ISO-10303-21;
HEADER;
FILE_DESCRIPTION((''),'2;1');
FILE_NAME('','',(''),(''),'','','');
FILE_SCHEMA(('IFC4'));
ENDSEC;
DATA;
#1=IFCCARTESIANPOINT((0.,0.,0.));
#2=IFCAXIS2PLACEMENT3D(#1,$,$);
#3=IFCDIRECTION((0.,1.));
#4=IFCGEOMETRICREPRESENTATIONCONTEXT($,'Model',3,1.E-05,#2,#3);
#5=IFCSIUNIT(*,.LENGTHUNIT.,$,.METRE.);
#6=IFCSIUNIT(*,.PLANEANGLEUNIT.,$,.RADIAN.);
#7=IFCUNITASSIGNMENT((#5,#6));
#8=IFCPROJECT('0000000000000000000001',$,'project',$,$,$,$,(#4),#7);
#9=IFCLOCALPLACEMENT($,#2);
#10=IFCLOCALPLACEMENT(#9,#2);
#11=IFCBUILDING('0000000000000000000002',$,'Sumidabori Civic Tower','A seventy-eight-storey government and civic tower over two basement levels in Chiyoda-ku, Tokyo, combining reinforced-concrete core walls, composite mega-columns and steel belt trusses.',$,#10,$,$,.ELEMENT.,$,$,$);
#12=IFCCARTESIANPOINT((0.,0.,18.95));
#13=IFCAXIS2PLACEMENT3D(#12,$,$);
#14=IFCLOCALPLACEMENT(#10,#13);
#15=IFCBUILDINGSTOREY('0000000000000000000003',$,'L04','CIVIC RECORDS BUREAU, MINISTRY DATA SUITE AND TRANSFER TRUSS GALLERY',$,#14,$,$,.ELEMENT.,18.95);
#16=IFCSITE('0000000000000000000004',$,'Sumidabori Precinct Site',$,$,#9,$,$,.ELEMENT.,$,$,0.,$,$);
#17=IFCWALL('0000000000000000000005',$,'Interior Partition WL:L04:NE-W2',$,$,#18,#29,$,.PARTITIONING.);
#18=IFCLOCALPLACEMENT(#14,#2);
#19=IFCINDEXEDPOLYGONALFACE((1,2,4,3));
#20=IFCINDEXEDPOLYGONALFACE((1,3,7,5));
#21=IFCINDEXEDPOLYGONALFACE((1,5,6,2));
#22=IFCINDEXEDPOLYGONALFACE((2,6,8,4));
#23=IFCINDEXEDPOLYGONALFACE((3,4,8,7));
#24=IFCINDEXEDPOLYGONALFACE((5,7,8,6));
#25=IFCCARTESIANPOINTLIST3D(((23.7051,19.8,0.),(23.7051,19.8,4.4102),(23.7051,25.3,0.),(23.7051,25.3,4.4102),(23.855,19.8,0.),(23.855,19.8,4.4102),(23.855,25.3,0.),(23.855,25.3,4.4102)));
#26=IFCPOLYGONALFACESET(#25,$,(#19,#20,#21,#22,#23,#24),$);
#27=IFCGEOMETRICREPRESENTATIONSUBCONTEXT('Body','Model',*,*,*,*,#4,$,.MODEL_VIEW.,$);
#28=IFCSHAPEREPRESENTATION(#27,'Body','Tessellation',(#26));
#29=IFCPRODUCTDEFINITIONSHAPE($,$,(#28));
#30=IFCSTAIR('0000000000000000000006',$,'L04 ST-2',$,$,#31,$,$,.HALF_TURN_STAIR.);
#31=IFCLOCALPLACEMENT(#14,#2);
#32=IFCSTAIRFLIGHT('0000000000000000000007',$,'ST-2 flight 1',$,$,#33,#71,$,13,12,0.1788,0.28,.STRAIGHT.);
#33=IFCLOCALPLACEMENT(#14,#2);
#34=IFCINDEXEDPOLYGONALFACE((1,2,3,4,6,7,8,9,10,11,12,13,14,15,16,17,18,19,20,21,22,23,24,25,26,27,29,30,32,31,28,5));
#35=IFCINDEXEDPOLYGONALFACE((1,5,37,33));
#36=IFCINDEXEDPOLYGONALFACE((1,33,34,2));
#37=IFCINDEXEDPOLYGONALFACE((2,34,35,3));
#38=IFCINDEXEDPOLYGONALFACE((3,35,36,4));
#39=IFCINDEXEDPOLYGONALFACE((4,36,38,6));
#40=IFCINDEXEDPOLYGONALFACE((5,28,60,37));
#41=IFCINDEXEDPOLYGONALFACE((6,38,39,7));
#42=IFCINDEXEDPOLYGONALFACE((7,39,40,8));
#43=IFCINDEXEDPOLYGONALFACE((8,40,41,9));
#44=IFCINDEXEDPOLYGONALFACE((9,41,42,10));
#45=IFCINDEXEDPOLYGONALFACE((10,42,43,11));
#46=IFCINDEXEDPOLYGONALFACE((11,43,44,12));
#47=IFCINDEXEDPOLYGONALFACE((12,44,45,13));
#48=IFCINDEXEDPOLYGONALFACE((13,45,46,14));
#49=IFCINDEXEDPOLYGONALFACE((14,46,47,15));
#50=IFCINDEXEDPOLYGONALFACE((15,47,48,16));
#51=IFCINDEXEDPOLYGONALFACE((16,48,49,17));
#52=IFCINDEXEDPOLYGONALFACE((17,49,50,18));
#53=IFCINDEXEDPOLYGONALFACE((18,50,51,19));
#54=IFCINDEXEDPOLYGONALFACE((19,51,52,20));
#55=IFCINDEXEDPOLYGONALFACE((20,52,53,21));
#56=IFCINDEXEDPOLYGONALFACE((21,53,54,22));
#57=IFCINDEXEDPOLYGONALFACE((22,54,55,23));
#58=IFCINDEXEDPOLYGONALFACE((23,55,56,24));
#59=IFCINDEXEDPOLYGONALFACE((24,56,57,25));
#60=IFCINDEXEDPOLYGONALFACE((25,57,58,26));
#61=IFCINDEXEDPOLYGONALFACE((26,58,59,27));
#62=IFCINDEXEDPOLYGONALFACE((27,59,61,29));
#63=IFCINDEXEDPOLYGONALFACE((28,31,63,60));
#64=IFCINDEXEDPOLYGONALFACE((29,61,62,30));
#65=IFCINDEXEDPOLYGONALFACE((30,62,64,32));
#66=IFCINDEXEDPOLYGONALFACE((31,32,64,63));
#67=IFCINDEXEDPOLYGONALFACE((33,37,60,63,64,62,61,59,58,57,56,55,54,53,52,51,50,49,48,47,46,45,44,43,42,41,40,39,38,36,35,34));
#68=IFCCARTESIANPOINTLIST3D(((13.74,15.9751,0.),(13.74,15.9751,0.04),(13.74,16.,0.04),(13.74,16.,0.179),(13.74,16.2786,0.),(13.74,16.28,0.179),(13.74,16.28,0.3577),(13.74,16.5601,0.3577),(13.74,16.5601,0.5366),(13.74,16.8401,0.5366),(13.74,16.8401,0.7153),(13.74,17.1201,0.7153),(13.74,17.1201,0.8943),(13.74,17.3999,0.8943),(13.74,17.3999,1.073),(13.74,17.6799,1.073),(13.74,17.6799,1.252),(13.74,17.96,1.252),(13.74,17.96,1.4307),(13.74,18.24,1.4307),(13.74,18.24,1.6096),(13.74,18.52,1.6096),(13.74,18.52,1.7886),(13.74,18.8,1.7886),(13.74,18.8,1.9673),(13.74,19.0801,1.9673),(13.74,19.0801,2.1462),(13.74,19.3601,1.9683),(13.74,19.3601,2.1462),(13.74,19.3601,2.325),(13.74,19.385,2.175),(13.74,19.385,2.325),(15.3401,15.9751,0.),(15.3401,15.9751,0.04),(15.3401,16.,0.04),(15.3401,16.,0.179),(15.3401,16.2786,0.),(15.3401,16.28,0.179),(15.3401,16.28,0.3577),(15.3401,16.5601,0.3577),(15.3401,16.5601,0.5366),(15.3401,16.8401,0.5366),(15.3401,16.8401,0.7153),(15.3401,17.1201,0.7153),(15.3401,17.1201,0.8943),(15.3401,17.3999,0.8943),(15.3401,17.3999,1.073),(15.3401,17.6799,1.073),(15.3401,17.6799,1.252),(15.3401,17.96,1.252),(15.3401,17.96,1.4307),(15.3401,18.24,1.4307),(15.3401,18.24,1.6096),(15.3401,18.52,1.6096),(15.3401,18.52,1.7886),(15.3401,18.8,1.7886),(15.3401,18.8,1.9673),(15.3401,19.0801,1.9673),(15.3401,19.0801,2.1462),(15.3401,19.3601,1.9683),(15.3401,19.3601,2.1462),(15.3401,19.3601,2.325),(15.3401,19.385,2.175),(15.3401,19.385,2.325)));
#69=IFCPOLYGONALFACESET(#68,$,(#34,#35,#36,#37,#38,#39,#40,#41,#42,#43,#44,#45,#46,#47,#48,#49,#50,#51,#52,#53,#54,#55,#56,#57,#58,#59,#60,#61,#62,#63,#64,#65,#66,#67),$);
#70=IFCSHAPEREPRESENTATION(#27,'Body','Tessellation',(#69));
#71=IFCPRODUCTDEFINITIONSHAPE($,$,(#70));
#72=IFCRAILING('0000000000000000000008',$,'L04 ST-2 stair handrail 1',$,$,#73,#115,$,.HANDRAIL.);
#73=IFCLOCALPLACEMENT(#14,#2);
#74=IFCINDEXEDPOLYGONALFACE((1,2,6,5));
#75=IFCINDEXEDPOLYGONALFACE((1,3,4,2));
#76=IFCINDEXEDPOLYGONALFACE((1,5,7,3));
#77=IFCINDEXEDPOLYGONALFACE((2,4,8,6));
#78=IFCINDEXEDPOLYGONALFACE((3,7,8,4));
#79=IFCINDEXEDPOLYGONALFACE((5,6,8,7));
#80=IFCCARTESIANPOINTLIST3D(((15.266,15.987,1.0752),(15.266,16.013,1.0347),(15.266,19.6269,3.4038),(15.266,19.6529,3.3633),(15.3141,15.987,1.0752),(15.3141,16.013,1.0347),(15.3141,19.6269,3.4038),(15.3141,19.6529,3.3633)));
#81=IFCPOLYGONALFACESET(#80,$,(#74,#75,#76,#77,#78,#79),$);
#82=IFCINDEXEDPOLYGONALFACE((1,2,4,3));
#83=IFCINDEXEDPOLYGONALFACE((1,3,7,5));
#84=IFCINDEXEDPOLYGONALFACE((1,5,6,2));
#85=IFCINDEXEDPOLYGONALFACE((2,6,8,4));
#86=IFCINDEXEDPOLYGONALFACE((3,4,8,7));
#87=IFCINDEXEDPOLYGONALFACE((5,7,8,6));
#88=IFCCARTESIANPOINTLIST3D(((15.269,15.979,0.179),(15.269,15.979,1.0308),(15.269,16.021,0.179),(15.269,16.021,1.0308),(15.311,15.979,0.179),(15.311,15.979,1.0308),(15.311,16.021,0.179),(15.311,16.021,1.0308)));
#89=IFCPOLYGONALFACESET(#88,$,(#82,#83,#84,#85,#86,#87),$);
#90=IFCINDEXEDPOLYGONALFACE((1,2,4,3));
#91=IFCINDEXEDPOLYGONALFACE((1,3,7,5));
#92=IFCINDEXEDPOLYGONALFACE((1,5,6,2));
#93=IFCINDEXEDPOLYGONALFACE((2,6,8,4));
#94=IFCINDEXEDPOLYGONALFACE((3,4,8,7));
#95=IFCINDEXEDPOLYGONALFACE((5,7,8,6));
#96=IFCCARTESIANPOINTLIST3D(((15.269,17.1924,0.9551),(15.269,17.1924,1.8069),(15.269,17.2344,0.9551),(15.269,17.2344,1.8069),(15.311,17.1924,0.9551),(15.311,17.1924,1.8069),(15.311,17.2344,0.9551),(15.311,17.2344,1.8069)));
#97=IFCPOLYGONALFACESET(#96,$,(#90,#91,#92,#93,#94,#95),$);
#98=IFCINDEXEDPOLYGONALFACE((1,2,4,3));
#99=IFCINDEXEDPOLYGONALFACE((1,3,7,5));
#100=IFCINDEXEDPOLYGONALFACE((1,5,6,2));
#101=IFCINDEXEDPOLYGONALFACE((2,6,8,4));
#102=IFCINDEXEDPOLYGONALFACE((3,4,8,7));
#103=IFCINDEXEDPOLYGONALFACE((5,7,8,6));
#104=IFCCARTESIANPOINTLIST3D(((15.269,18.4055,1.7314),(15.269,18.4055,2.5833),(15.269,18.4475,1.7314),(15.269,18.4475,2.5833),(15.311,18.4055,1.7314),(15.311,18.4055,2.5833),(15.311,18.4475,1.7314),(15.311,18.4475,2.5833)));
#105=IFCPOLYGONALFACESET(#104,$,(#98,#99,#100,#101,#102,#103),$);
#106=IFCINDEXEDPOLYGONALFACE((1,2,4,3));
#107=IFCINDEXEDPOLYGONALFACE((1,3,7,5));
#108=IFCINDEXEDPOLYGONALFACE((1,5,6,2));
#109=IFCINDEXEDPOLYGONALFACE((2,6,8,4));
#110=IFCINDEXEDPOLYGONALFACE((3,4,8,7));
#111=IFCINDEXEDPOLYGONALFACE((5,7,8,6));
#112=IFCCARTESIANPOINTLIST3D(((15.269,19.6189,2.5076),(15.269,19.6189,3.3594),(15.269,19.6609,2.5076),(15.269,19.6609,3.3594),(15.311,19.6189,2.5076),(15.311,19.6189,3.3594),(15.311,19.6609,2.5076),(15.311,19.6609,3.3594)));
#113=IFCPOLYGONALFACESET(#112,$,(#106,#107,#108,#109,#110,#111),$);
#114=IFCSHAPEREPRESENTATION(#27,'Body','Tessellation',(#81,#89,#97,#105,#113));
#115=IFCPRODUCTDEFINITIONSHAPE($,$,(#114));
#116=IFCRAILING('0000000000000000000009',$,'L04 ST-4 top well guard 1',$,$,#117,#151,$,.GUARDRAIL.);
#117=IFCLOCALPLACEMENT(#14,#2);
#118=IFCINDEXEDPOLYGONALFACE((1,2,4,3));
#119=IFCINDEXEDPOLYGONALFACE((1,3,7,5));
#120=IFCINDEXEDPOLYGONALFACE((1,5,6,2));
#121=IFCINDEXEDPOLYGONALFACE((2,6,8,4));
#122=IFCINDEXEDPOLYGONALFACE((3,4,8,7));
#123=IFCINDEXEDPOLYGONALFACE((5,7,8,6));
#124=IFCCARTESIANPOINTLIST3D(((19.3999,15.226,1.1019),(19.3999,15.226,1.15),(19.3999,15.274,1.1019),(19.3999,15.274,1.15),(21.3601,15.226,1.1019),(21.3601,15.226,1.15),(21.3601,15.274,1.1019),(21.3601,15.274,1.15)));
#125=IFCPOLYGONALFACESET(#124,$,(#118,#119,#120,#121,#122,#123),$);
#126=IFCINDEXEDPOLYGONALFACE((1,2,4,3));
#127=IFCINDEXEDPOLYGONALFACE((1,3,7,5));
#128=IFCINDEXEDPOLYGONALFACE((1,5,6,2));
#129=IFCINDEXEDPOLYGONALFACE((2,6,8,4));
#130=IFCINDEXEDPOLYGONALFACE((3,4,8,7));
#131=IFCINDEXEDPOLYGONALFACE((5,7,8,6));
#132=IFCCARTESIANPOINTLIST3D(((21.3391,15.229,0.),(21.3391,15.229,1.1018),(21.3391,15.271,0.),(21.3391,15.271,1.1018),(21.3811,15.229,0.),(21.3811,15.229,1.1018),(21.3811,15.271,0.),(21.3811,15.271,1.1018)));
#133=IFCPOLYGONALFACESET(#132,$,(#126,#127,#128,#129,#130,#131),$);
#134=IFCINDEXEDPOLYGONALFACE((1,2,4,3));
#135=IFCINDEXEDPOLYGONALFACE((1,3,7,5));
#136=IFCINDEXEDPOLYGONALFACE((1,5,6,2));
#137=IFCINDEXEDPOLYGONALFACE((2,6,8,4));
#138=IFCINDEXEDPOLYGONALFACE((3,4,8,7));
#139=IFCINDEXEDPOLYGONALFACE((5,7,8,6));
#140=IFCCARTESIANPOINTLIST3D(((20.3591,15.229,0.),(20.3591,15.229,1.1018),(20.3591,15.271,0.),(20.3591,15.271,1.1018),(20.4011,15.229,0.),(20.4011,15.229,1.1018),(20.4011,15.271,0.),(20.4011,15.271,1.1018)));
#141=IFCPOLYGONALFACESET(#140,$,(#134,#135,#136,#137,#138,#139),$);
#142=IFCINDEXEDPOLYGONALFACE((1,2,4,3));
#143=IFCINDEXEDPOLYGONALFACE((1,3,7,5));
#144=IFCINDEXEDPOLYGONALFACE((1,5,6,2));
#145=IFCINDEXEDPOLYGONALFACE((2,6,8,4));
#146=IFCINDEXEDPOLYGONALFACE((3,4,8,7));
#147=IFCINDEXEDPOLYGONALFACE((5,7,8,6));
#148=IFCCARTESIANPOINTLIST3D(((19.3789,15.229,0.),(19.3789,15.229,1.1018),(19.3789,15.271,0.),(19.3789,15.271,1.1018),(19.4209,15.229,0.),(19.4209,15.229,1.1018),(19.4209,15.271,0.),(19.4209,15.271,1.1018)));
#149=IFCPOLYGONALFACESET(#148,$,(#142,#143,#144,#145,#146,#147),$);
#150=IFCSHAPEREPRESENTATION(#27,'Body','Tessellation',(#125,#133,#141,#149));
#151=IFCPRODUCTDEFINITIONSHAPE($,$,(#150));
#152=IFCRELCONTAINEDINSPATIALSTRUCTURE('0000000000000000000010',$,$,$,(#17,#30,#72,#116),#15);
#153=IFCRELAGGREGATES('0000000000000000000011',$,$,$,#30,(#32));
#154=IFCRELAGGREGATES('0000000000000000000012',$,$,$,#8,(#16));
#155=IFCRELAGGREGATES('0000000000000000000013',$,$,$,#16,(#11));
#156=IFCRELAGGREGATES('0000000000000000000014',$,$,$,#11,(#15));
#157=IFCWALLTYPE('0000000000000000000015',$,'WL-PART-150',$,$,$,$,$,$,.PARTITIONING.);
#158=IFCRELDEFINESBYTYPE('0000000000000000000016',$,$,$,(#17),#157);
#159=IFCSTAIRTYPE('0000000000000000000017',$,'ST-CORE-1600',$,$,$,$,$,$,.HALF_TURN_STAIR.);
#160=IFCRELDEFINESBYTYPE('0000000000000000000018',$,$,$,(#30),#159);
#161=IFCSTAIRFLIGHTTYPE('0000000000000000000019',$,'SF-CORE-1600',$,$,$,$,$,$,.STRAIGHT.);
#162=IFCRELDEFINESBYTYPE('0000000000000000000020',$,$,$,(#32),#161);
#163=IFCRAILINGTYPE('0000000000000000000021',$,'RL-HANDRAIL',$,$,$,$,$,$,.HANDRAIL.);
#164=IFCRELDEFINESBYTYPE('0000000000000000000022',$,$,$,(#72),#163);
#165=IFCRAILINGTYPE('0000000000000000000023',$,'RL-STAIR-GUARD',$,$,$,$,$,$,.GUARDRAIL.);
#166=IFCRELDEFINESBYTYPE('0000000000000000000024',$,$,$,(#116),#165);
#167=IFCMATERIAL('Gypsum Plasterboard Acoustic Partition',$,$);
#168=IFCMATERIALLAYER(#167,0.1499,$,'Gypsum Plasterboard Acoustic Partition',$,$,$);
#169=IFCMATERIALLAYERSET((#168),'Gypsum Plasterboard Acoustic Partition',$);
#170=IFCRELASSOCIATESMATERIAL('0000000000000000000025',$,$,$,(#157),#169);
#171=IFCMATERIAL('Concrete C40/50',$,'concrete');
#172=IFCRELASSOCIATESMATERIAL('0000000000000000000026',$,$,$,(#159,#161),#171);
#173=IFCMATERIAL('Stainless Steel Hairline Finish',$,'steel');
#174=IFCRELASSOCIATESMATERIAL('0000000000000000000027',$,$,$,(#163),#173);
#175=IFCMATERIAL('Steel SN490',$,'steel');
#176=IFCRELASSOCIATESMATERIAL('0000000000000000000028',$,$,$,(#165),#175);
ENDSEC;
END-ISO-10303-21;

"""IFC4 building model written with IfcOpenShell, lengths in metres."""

from ifc_helpers import new_model, si_unit, direction, frame, frame_2d, origin, origin_2d, place, context, subcontext, project, spatial, polyline, rectangle, outline, extrude, source, transform, mapped, material, layer, layer_set, type_object, element, aggregate, save


model = new_model("IFC4")

# Units and contexts
model_context = context("Model", 3, precision=1e-05, world=origin(), true_north=direction((0.0, 1.0)))
body_context = subcontext(model_context, "Body", "Model", "MODEL_VIEW")
ifc_project = project(units=[si_unit("LENGTHUNIT", "METRE"), si_unit("PLANEANGLEUNIT", "RADIAN")], contexts=[model_context])

# Site, building, storey
site_placement = place(None, origin())
site = spatial("IfcSite", under=ifc_project, at=site_placement, Name="Sumidabori Precinct Site", CompositionType="ELEMENT", RefElevation=0.0)
building_placement = place(site_placement, origin())
building = spatial("IfcBuilding", under=site, at=building_placement, Name="Sumidabori Civic Tower", Description="A seventy-eight-storey government and civic tower over two basement levels in Chiyoda-ku, Tokyo, combining reinforced-concrete core walls, composite mega-columns and steel belt trusses.", CompositionType="ELEMENT")
storey_placement = place(building_placement, frame((0.0, 0.0, 18.95)))
storey = spatial("IfcBuildingStorey", under=building, at=storey_placement, Name="L04", Description="CIVIC RECORDS BUREAU, MINISTRY DATA SUITE AND TRANSFER TRUSS GALLERY", CompositionType="ELEMENT", Elevation=18.95)

# Shared definitions
ifc_material_1 = material(Name="Steel SN490", Category="steel")

# Shared definitions
ifc_material_2 = material(Name="Gypsum Plasterboard Acoustic Partition")
ifc_layer_1 = layer(ifc_material_2, 0.1499, Name="Gypsum Plasterboard Acoustic Partition")
ifc_layer_set_1 = layer_set([ifc_layer_1], Name="Gypsum Plasterboard Acoustic Partition")
wall_type_1 = type_object("IfcWallType", Name="WL-PART-150", PredefinedType="PARTITIONING", material=ifc_layer_set_1)

# Wall
shared_shape_1 = source(origin(), body_context, "Body", "SweptSolid", [
    extrude(rectangle(XDim=5.5, YDim=0.1499, at=frame_2d((2.75, 0.0))), origin(), (0.0, 0.0, 1.0), 4.4102),
])
wall_1_placement = place(storey_placement, frame((23.78, 19.8, 0.0), z_axis=(0.0, 0.0, 1.0), x_axis=(0.0, 1.0, 0.0)))
element("IfcWall", 1, at=wall_1_placement, inside=storey, type_object=wall_type_1, Name="Interior Partition WL:L04:NE-W2", PredefinedType="PARTITIONING", context=body_context, shape_type="MappedRepresentation", body=[
    mapped(shared_shape_1, transform((0.0, 0.0, 0.0), x_axis=(1.0, 0.0, 0.0), y_axis=(0.0, 1.0, 0.0), z_axis=(0.0, 0.0, 1.0), scale=1.0)),
])

# Stair, stair flight
ifc_material_3 = material(Name="Concrete C40/50", Category="concrete")
stair_type = type_object("IfcStairType", Name="ST-CORE-1600", PredefinedType="HALF_TURN_STAIR", material=ifc_material_3)
stair_placement = place(storey_placement, origin())
stair = element("IfcStair", 2, at=stair_placement, inside=storey, type_object=stair_type, Name="L04 ST-2", PredefinedType="HALF_TURN_STAIR")
stair_flight_type = type_object("IfcStairFlightType", Name="SF-CORE-1600", PredefinedType="STRAIGHT", material=ifc_material_3)
shared_shape_2 = source(origin(), body_context, "Body", "SweptSolid", [
    extrude(outline(polyline([(-0.0249, 0.0), (-0.0249, 0.04), (0.0, 0.04), (0.0, 0.179), (0.28, 0.179), (0.28, 0.3577), (0.5601, 0.3577), (0.5601, 0.5366), (0.8401, 0.5366), (0.8401, 0.7153), (1.1201, 0.7153), (1.1201, 0.8943), (1.3999, 0.8943), (1.3999, 1.073), (1.6799, 1.073), (1.6799, 1.252), (1.96, 1.252), (1.96, 1.4307), (2.24, 1.4307), (2.24, 1.6096), (2.52, 1.6096), (2.52, 1.7886), (2.8, 1.7886), (2.8, 1.9673), (3.0801, 1.9673), (3.0801, 2.1462), (3.3601, 2.1462), (3.3601, 2.325), (3.385, 2.325), (3.385, 2.175), (3.3601, 1.9683), (0.2786, 0.0), (-0.0249, 0.0)])), frame((0.0, 0.8, 0.0), z_axis=(0.0, -1.0, 0.0), x_axis=(1.0, 0.0, 0.0)), (0.0, 0.0, 1.0), 1.6001),
])
stair_flight_placement = place(storey_placement, frame((14.54, 16.0, 0.0), z_axis=(0.0, 0.0, 1.0), x_axis=(0.0, 1.0, 0.0)))
stair_flight = element("IfcStairFlight", 3, at=stair_flight_placement, type_object=stair_flight_type, Name="ST-2 flight 1", NumberOfRisers=13, NumberOfTreads=12, PredefinedType="STRAIGHT", RiserHeight=0.1788, TreadLength=0.28, context=body_context, shape_type="MappedRepresentation", body=[
    mapped(shared_shape_2, transform((0.0, 0.0, 0.0), x_axis=(1.0, 0.0, 0.0), y_axis=(0.0, 1.0, 0.0), z_axis=(0.0, 0.0, 1.0), scale=1.0)),
])
aggregate(stair, [stair_flight])

# Railings
ifc_material_4 = material(Name="Stainless Steel Hairline Finish", Category="steel")
railing_type_1 = type_object("IfcRailingType", Name="RL-HANDRAIL", PredefinedType="HANDRAIL", material=ifc_material_4)
railing_1_placement = place(storey_placement, frame((15.29, 16.0, 0.179)))
element("IfcRailing", 4, at=railing_1_placement, inside=storey, type_object=railing_type_1, Name="L04 ST-2 stair handrail 1", PredefinedType="HANDRAIL", context=body_context, shape_type="SweptSolid", body=[
    extrude(rectangle(XDim=0.0481, YDim=0.0481, at=origin_2d()), frame((0.0, 0.0, 0.876), z_axis=(0.0, 0.842368, 0.538903), x_axis=(-1.0, 0.0, 0.0)), (0.0, 0.0, 1.0), 4.321),
    extrude(rectangle(XDim=0.042, YDim=0.042, at=origin_2d()), origin(), (0.0, 0.0, 1.0), 0.8518),
    extrude(rectangle(XDim=0.042, YDim=0.042, at=origin_2d()), frame((0.0, 1.2134, 0.7761)), (0.0, 0.0, 1.0), 0.8518),
    extrude(rectangle(XDim=0.042, YDim=0.042, at=origin_2d()), frame((0.0, 2.4265, 1.5525)), (0.0, 0.0, 1.0), 0.8518),
    extrude(rectangle(XDim=0.042, YDim=0.042, at=origin_2d()), frame((0.0, 3.6399, 2.3286)), (0.0, 0.0, 1.0), 0.8518),
])
railing_type_2 = type_object("IfcRailingType", Name="RL-STAIR-GUARD", PredefinedType="GUARDRAIL", material=ifc_material_1)
railing_2_placement = place(storey_placement, frame((21.3601, 15.25, 0.0)))
element("IfcRailing", 5, at=railing_2_placement, inside=storey, type_object=railing_type_2, Name="L04 ST-4 top well guard 1", PredefinedType="GUARDRAIL", context=body_context, shape_type="SweptSolid", body=[
    extrude(rectangle(XDim=0.0481, YDim=0.0481, at=origin_2d()), frame((0.0, 0.0, 1.126), z_axis=(-1.0, 0.0, 0.0), x_axis=(0.0, -1.0, 0.0)), (0.0, 0.0, 1.0), 1.9602),
    extrude(rectangle(XDim=0.042, YDim=0.042, at=origin_2d()), origin(), (0.0, 0.0, 1.0), 1.1018),
    extrude(rectangle(XDim=0.042, YDim=0.042, at=origin_2d()), frame((-0.98, 0.0, 0.0)), (0.0, 0.0, 1.0), 1.1018),
    extrude(rectangle(XDim=0.042, YDim=0.042, at=origin_2d()), frame((-1.9602, 0.0, 0.0)), (0.0, 0.0, 1.0), 1.1018),
])

save(model, "model.ifc")
